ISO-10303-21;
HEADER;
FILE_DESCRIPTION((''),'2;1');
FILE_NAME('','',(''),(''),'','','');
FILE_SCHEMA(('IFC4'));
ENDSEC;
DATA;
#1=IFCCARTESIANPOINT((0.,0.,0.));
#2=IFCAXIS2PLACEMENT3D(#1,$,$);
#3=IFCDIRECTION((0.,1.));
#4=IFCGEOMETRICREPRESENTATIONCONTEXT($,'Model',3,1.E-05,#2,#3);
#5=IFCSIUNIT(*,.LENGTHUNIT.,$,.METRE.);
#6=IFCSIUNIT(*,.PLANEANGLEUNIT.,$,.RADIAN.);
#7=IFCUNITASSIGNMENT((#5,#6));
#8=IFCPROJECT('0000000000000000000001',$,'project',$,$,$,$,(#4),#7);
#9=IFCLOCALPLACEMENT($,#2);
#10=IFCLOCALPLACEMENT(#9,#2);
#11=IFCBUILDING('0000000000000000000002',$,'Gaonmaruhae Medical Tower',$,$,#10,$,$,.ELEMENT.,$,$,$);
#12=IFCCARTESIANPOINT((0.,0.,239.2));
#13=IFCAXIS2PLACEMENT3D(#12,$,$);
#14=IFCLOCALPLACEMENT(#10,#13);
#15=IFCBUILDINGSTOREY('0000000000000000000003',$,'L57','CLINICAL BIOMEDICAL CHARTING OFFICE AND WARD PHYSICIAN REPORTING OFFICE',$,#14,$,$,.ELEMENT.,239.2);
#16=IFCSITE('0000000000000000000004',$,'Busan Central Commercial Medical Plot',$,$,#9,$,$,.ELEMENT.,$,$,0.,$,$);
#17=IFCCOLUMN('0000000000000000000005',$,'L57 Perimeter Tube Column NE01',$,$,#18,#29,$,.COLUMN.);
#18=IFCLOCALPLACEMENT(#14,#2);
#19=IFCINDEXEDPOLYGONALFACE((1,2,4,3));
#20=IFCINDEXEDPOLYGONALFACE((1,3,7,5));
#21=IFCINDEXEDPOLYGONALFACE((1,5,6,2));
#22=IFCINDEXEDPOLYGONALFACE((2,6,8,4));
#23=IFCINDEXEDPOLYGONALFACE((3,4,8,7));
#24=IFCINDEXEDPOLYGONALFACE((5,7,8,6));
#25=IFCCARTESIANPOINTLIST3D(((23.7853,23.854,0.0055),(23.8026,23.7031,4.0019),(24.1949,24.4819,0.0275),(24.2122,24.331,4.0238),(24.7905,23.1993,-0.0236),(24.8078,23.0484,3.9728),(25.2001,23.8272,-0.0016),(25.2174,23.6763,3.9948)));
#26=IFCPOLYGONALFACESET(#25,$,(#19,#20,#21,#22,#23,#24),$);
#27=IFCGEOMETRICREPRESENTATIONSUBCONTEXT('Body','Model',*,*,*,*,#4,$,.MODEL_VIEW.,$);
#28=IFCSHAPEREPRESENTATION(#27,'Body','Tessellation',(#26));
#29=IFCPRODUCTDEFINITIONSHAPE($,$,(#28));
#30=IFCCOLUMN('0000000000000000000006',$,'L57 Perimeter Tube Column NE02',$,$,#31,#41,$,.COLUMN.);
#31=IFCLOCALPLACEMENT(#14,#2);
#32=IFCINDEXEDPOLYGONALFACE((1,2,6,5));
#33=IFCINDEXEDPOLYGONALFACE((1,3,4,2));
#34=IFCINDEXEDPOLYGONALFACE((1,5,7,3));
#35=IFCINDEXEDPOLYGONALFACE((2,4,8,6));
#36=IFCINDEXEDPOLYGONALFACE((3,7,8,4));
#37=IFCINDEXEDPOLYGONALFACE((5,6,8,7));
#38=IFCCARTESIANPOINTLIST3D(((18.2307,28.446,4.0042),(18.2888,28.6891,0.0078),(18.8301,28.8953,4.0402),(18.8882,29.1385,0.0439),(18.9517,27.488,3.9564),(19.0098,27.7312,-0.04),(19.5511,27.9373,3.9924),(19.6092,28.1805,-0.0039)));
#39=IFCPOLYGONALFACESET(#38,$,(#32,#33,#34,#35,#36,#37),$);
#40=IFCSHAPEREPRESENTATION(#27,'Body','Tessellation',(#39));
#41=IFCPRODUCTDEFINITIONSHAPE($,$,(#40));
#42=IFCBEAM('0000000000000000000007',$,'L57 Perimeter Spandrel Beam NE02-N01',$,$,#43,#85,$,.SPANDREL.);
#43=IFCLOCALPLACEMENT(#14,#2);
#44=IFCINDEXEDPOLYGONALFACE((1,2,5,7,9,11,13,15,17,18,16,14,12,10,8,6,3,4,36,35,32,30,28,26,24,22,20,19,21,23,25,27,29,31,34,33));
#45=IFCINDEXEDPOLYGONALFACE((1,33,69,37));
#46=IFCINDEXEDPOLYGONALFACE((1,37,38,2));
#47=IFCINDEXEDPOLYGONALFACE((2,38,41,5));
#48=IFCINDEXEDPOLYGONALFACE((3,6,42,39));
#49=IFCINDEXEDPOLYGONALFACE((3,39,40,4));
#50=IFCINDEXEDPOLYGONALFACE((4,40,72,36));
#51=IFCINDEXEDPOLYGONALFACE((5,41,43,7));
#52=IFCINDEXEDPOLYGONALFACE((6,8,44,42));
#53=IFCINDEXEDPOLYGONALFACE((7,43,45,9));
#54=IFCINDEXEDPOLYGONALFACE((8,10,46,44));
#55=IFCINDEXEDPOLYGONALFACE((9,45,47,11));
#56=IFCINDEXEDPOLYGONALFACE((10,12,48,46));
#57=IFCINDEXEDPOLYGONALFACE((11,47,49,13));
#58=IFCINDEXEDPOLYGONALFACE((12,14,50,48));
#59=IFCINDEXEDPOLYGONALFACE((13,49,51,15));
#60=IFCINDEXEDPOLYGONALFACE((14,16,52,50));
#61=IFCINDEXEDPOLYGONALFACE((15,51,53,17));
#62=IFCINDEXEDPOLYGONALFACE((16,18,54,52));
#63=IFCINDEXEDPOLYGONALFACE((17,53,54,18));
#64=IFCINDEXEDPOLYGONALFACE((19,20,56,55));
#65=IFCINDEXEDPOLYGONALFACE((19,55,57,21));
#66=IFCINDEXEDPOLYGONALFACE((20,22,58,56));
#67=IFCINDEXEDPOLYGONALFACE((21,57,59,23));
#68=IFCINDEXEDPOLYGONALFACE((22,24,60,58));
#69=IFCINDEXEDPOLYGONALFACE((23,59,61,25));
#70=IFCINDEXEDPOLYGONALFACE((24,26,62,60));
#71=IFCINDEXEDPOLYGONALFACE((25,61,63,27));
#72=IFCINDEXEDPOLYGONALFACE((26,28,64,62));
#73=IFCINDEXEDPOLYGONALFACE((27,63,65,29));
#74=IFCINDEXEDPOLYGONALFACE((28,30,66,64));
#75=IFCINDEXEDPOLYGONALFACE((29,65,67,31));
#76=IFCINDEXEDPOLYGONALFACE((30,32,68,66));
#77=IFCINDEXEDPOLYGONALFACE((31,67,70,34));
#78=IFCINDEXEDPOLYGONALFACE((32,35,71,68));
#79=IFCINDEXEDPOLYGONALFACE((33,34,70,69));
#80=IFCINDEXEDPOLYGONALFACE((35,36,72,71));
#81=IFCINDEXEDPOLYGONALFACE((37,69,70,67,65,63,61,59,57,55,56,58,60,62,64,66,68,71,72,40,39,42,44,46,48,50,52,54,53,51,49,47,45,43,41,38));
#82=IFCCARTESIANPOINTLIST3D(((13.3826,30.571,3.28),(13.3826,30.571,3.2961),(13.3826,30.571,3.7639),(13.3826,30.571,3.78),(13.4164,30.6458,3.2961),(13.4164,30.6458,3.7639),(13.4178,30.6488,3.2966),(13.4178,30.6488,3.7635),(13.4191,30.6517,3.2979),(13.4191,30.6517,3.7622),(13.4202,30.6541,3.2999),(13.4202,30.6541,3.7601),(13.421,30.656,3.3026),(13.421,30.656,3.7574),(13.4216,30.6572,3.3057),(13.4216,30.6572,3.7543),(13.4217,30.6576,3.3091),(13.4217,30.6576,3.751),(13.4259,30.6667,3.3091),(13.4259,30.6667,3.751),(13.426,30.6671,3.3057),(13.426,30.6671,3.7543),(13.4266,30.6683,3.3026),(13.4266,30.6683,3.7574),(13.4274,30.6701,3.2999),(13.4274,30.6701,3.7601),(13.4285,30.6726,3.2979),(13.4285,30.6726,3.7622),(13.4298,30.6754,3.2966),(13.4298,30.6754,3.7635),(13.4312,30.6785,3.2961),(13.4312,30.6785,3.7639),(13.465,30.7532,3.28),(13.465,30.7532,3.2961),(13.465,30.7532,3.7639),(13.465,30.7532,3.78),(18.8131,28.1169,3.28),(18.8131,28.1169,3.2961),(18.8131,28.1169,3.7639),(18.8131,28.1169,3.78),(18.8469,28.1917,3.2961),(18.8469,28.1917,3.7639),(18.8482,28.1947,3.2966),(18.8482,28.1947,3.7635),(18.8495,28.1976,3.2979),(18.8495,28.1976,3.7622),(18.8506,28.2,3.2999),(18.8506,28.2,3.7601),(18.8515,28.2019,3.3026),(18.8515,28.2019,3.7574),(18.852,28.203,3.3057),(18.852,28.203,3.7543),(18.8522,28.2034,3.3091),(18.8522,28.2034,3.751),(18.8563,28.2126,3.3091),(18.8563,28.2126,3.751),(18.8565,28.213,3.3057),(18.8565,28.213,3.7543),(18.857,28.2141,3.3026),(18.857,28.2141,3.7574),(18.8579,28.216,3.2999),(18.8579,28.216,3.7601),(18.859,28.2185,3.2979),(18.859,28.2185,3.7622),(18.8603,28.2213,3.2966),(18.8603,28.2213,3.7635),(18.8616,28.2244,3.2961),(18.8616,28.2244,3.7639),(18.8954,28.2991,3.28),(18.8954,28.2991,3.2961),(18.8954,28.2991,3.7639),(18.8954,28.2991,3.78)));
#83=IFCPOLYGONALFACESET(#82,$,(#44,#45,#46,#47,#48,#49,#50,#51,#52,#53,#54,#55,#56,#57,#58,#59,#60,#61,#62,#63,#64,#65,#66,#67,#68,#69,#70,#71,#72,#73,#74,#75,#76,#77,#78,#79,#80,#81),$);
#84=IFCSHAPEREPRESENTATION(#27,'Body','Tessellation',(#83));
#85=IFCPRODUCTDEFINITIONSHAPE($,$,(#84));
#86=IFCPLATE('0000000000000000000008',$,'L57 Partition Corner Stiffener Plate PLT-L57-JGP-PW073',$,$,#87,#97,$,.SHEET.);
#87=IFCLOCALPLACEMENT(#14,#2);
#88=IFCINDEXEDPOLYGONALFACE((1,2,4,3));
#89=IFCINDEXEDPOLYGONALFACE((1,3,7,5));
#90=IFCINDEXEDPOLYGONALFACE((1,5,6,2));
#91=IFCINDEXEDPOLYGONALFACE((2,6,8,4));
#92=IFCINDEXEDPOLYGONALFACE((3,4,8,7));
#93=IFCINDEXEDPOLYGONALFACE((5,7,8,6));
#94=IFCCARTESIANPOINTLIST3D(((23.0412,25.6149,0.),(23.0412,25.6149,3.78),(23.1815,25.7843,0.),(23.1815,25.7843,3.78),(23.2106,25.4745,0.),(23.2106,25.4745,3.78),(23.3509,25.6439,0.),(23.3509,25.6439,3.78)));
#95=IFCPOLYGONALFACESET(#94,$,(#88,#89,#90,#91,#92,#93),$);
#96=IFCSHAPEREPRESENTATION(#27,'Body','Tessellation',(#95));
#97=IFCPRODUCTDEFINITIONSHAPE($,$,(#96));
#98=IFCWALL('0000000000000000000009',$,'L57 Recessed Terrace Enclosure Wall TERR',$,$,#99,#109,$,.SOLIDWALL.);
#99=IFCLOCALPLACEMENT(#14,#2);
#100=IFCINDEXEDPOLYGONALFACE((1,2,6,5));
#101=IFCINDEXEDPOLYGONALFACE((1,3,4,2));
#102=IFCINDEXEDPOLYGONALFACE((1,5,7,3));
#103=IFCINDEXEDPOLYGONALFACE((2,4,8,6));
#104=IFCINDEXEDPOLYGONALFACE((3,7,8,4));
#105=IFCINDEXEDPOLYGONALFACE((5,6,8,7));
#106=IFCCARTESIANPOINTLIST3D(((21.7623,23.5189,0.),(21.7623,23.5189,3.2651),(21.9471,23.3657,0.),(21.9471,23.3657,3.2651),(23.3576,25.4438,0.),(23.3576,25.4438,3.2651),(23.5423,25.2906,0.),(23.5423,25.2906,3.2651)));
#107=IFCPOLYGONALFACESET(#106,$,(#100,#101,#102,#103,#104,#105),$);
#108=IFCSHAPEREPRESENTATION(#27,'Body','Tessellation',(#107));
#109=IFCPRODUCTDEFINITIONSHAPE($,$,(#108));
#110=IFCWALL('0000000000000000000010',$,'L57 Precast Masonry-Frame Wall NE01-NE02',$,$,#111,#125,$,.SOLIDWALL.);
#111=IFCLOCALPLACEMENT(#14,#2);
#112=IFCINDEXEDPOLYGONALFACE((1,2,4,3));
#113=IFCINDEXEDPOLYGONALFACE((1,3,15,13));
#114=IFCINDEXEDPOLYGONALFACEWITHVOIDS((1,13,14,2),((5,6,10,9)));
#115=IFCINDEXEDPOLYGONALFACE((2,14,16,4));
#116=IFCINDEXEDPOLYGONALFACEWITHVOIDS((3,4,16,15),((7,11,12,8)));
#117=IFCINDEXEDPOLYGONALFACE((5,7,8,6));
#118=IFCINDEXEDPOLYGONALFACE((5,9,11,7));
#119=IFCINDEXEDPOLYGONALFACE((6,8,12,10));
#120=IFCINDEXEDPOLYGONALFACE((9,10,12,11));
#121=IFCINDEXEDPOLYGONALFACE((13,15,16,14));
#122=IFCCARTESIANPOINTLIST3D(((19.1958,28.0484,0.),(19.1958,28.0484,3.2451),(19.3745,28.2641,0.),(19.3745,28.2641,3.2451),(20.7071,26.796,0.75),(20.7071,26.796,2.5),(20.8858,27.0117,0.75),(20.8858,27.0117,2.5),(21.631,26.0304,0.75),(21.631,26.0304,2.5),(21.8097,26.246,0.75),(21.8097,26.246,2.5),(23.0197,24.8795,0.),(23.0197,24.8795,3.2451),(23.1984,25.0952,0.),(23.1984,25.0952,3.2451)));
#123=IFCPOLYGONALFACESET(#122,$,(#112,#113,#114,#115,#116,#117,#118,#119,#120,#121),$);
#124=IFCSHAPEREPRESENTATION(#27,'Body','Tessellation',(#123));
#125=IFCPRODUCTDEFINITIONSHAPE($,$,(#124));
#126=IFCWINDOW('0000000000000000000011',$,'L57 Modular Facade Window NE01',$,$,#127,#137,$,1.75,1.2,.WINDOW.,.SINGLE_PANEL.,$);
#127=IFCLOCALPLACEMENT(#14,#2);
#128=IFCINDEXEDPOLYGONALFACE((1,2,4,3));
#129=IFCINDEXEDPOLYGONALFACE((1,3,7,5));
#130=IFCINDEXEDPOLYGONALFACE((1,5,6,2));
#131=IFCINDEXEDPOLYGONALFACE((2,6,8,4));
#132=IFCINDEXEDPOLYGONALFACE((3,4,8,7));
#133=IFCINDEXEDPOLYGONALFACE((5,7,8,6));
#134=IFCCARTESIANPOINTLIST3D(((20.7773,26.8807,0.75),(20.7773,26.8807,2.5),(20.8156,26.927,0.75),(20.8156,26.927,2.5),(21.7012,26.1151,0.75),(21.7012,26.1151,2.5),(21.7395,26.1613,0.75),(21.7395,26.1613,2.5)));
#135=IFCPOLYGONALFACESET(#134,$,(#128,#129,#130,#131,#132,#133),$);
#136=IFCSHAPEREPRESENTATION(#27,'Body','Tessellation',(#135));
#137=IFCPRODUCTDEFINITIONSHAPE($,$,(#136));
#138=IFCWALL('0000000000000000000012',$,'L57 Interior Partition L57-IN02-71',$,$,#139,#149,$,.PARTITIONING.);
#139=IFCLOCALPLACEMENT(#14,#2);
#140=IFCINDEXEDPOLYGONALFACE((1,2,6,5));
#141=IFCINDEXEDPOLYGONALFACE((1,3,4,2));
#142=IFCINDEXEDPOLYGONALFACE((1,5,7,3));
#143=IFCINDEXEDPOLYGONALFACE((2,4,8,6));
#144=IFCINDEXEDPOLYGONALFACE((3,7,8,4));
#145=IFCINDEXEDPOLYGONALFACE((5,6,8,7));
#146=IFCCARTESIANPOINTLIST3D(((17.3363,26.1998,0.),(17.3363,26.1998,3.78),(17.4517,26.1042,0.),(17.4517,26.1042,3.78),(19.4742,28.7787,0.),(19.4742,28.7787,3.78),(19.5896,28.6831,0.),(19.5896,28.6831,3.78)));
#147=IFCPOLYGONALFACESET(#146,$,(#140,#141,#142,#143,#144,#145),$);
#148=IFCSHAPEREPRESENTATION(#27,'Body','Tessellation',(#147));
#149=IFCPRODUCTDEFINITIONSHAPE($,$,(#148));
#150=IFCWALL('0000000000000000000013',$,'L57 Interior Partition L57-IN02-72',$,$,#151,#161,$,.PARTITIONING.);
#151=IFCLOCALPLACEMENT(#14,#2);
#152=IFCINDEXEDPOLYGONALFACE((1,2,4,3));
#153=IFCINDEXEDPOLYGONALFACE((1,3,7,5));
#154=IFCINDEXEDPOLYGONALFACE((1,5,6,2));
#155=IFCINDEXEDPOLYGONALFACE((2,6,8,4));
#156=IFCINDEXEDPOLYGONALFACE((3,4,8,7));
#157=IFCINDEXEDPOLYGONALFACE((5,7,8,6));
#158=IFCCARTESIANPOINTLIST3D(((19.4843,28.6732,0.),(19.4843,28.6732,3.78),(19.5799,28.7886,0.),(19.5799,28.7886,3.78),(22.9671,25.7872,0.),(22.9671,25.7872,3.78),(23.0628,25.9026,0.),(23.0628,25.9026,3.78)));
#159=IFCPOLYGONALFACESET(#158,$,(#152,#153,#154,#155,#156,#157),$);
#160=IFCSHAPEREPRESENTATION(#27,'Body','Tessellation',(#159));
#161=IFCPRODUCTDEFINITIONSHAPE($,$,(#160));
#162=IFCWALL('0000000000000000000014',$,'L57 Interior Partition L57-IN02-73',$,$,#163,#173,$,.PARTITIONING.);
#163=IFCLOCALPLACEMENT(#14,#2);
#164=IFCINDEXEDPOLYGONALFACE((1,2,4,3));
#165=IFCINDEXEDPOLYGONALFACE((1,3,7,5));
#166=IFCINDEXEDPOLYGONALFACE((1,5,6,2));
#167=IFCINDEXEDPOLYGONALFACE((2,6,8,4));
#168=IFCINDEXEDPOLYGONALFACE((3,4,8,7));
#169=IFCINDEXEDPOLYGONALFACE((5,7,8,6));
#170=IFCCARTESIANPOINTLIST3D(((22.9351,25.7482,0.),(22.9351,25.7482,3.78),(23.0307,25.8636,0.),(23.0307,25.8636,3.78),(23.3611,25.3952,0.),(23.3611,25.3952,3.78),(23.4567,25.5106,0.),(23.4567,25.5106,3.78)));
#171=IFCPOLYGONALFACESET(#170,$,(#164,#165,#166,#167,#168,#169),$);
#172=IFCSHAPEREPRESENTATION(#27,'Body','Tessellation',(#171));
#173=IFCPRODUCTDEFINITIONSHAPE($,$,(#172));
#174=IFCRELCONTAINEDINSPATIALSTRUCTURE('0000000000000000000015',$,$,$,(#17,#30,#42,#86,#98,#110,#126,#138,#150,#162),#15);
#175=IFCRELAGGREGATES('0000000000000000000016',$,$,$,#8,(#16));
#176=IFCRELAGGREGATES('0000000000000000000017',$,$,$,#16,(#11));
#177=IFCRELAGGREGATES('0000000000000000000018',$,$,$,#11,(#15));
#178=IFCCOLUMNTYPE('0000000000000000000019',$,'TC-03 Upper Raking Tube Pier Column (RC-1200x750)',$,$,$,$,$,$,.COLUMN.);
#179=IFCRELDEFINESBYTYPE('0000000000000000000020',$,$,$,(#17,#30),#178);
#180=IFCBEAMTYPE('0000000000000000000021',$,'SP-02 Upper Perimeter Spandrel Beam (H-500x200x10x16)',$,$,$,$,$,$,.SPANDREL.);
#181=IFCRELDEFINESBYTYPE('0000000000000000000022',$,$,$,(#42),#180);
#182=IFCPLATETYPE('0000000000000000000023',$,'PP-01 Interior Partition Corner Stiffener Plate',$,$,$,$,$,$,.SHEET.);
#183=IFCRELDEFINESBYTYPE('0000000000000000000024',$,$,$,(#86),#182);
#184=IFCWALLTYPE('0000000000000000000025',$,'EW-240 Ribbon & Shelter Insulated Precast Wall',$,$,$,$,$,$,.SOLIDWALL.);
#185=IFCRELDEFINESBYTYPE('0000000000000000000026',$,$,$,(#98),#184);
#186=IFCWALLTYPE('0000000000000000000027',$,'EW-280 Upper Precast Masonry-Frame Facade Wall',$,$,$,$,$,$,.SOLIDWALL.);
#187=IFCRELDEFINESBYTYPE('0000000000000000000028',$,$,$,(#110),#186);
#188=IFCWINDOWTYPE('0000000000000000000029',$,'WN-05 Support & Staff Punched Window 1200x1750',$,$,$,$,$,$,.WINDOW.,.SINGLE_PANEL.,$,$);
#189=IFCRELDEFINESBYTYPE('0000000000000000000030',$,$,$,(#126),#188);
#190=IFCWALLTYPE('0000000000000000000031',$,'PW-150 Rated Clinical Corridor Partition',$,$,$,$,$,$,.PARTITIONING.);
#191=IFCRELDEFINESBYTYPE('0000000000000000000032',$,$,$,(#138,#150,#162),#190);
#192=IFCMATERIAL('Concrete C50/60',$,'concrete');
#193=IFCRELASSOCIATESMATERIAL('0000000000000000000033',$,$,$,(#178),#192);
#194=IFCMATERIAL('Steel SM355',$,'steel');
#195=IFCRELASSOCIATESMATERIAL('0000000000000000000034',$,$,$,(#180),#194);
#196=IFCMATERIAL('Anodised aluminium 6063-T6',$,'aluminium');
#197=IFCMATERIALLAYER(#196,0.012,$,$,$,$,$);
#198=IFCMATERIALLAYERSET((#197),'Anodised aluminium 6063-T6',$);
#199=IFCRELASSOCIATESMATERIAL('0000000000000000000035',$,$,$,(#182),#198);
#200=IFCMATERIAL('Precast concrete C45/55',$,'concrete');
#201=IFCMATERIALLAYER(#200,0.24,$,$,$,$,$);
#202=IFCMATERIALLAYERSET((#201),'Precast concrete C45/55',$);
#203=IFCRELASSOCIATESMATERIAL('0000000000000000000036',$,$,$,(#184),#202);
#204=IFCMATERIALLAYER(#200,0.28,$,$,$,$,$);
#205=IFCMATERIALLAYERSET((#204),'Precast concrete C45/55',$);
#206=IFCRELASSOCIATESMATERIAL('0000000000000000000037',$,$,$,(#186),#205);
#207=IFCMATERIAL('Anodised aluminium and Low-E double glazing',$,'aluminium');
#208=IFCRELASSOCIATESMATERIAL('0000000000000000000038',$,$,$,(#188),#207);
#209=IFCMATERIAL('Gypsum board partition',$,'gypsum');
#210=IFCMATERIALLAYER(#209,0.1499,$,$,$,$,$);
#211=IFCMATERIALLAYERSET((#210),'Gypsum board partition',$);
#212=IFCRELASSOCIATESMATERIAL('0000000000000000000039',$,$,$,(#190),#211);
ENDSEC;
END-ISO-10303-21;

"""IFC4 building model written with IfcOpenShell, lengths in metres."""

from ifc_helpers import new_model, si_unit, direction, frame, frame_2d, origin, origin_2d, place, context, subcontext, project, spatial, rectangle, i_section, extrude, material, layer, layer_set, material_profile, profile_set, type_object, element, fill, save


model = new_model("IFC4")

# Units and contexts
model_context = context("Model", 3, precision=1e-05, world=origin(), true_north=direction((0.0, 1.0)))
body_context = subcontext(model_context, "Body", "Model", "MODEL_VIEW")
ifc_project = project(units=[si_unit("LENGTHUNIT", "METRE"), si_unit("PLANEANGLEUNIT", "RADIAN")], contexts=[model_context])

# Site, building, storey
site_placement = place(None, origin())
site = spatial("IfcSite", under=ifc_project, at=site_placement, Name="Busan Central Commercial Medical Plot", CompositionType="ELEMENT", RefElevation=0.0)
building_placement = place(site_placement, origin())
building = spatial("IfcBuilding", under=site, at=building_placement, Name="Gaonmaruhae Medical Tower", CompositionType="ELEMENT")
storey_placement = place(building_placement, frame((0.0, 0.0, 239.2)))
storey = spatial("IfcBuildingStorey", under=building, at=storey_placement, Name="L57", Description="CLINICAL BIOMEDICAL CHARTING OFFICE AND WARD PHYSICIAN REPORTING OFFICE", CompositionType="ELEMENT", Elevation=239.2)

# Columns
ifc_material_1 = material(Name="Concrete C50/60", Category="concrete")
ifc_material_profile_1 = material_profile(ifc_material_1, rectangle(XDim=1.2, YDim=0.75, at=origin_2d()), Name="RC-1200x750")
ifc_profile_set_1 = profile_set([ifc_material_profile_1], Name="Concrete C50/60")
column_type = type_object("IfcColumnType", Name="TC-03 Upper Raking Tube Pier Column (RC-1200x750)", PredefinedType="COLUMN", material=ifc_profile_set_1)
column_1_placement = place(storey_placement, frame((24.4927, 23.8406, 0.002), z_axis=(0.004334, -0.037727, 0.999279), x_axis=(-0.837702, 0.545589, 0.024232)))
element("IfcColumn", 1, at=column_1_placement, inside=storey, type_object=column_type, Name="L57 Perimeter Tube Column NE01", PredefinedType="COLUMN", context=body_context, shape_type="SweptSolid", body=[
    extrude(rectangle(XDim=1.2, YDim=0.75, at=origin_2d()), origin(), (0.0, 0.0, 1.0), 3.9993),
])
column_2_placement = place(storey_placement, frame((18.949, 28.4348, 0.002), z_axis=(-0.014511, -0.060728, 0.998049), x_axis=(-0.600861, 0.79836, 0.039841)))
element("IfcColumn", 2, at=column_2_placement, inside=storey, type_object=column_type, Name="L57 Perimeter Tube Column NE02", PredefinedType="COLUMN", context=body_context, shape_type="SweptSolid", body=[
    extrude(rectangle(XDim=1.2, YDim=0.75, at=origin_2d()), origin(), (0.0, 0.0, 1.0), 4.0042),
])

# Beam
ifc_material_2 = material(Name="Steel SM355", Category="steel")
ifc_material_profile_2 = material_profile(ifc_material_2, i_section(OverallWidth=0.2, OverallDepth=0.5, WebThickness=0.01, FlangeThickness=0.0161, FilletRadius=0.0129, at=origin_2d()), Name="H-500x200x10x16")
ifc_profile_set_2 = profile_set([ifc_material_profile_2], Name="Steel SM355")
beam_type = type_object("IfcBeamType", Name="SP-02 Upper Perimeter Spandrel Beam (H-500x200x10x16)", PredefinedType="SPANDREL", material=ifc_profile_set_2)
beam_placement = place(storey_placement, frame((18.8542, 28.208, 3.53), z_axis=(-0.911266, 0.411817, 0.0), x_axis=(-0.411817, -0.911266, 0.0)))
element("IfcBeam", 3, at=beam_placement, inside=storey, type_object=beam_type, Name="L57 Perimeter Spandrel Beam NE02-N01", PredefinedType="SPANDREL", context=body_context, shape_type="SweptSolid", body=[
    extrude(i_section(OverallWidth=0.2, OverallDepth=0.5, WebThickness=0.01, FlangeThickness=0.0161, FilletRadius=0.0129, at=origin_2d()), origin(), (0.0, 0.0, 1.0), 5.9592),
])

# Plate
ifc_material_3 = material(Name="Anodised aluminium 6063-T6", Category="aluminium")
ifc_layer_1 = layer(ifc_material_3, 0.012)
ifc_layer_set_1 = layer_set([ifc_layer_1], Name="Anodised aluminium 6063-T6")
plate_type = type_object("IfcPlateType", Name="PP-01 Interior Partition Corner Stiffener Plate", PredefinedType="SHEET", material=ifc_layer_set_1)
plate_placement = place(storey_placement, frame((23.196, 25.6294, 0.0), z_axis=(0.0, 0.0, 1.0), x_axis=(0.770001, -0.638042, 0.0)))
element("IfcPlate", 4, at=plate_placement, inside=storey, type_object=plate_type, Name="L57 Partition Corner Stiffener Plate PLT-L57-JGP-PW073", PredefinedType="SHEET", context=body_context, shape_type="SweptSolid", body=[
    extrude(rectangle(XDim=0.22, YDim=0.22, at=origin_2d()), origin(), (0.0, 0.0, 1.0), 3.78),
])

# Wall
ifc_material_4 = material(Name="Precast concrete C45/55", Category="concrete")
ifc_layer_2 = layer(ifc_material_4, 0.24)
ifc_layer_set_2 = layer_set([ifc_layer_2], Name="Precast concrete C45/55")
wall_type_1 = type_object("IfcWallType", Name="EW-240 Ribbon & Shelter Insulated Precast Wall", PredefinedType="SOLIDWALL", material=ifc_layer_set_2)
wall_1_placement = place(storey_placement, frame((23.45, 25.3672, 0.0), z_axis=(0.0, 0.0, 1.0), x_axis=(-0.638107, -0.769948, 0.0)))
element("IfcWall", 5, at=wall_1_placement, inside=storey, type_object=wall_type_1, Name="L57 Recessed Terrace Enclosure Wall TERR", PredefinedType="SOLIDWALL", context=body_context, shape_type="SweptSolid", body=[
    extrude(rectangle(XDim=2.5, YDim=0.24, at=frame_2d((1.25, 0.0))), origin(), (0.0, 0.0, 1.0), 3.2651),
])

# Wall, opening, window
ifc_layer_3 = layer(ifc_material_4, 0.28)
ifc_layer_set_3 = layer_set([ifc_layer_3], Name="Precast concrete C45/55")
wall_type_2 = type_object("IfcWallType", Name="EW-280 Upper Precast Masonry-Frame Facade Wall", PredefinedType="SOLIDWALL", material=ifc_layer_set_3)
wall_2_placement = place(storey_placement, frame((19.2852, 28.1562, 0.0), z_axis=(0.0, 0.0, 1.0), x_axis=(0.769971, -0.638079, 0.0)))
wall_2 = element("IfcWall", 6, at=wall_2_placement, inside=storey, type_object=wall_type_2, Name="L57 Precast Masonry-Frame Wall NE01-NE02", PredefinedType="SOLIDWALL", context=body_context, shape_type="SweptSolid", body=[
    extrude(rectangle(XDim=4.9663, YDim=0.28, at=frame_2d((2.4832, 0.0))), origin(), (0.0, 0.0, 1.0), 3.2451),
])
opening_1_placement = place(wall_2_placement, frame((1.9626, 0.0, 0.75)))
opening_1 = element("IfcOpeningElement", 7, at=opening_1_placement, cuts=wall_2, PredefinedType="OPENING", context=body_context, shape_type="SweptSolid", body=[
    extrude(rectangle(XDim=1.2, YDim=1.75, at=frame_2d((0.6001, 0.875))), frame((0.0, 0.1499, 0.0), z_axis=(0.0, -1.0, 0.0), x_axis=(1.0, 0.0, 0.0)), (0.0, 0.0, 1.0), 0.3),
])
ifc_material_5 = material(Name="Anodised aluminium and Low-E double glazing", Category="aluminium")
window_type = type_object("IfcWindowType", Name="WN-05 Support & Staff Punched Window 1200x1750", PartitioningType="SINGLE_PANEL", PredefinedType="WINDOW", material=ifc_material_5)
window_placement = place(opening_1_placement, origin())
window = element("IfcWindow", 8, at=window_placement, inside=storey, type_object=window_type, Name="L57 Modular Facade Window NE01", OverallHeight=1.75, OverallWidth=1.2, PartitioningType="SINGLE_PANEL", PredefinedType="WINDOW", context=body_context, shape_type="SweptSolid", body=[
    extrude(rectangle(XDim=1.2, YDim=1.75, at=frame_2d((0.6001, 0.875))), frame((0.0, 0.03, 0.0), z_axis=(0.0, -1.0, 0.0), x_axis=(1.0, 0.0, 0.0)), (0.0, 0.0, 1.0), 0.0601),
])
fill(opening_1, window)

# Walls
ifc_material_6 = material(Name="Gypsum board partition", Category="gypsum")
ifc_layer_4 = layer(ifc_material_6, 0.1499)
ifc_layer_set_4 = layer_set([ifc_layer_4], Name="Gypsum board partition")
wall_type_3 = type_object("IfcWallType", Name="PW-150 Rated Clinical Corridor Partition", PredefinedType="PARTITIONING", material=ifc_layer_set_4)
wall_3_placement = place(storey_placement, frame((17.394, 26.1521, 0.0), z_axis=(0.0, 0.0, 1.0), x_axis=(0.638225, 0.76985, 0.0)))
element("IfcWall", 9, at=wall_3_placement, inside=storey, type_object=wall_type_3, Name="L57 Interior Partition L57-IN02-71", PredefinedType="PARTITIONING", context=body_context, shape_type="SweptSolid", body=[
    extrude(rectangle(XDim=3.3499, YDim=0.1499, at=frame_2d((1.6748, 0.0))), origin(), (0.0, 0.0, 1.0), 3.78),
])
wall_4_placement = place(storey_placement, frame((19.532, 28.731, 0.0), z_axis=(0.0, 0.0, 1.0), x_axis=(0.770006, -0.638037, 0.0)))
element("IfcWall", 10, at=wall_4_placement, inside=storey, type_object=wall_type_3, Name="L57 Interior Partition L57-IN02-72", PredefinedType="PARTITIONING", context=body_context, shape_type="SweptSolid", body=[
    extrude(rectangle(XDim=4.5232, YDim=0.1499, at=frame_2d((2.2617, 0.0))), origin(), (0.0, 0.0, 1.0), 3.78),
])
wall_5_placement = place(storey_placement, frame((22.9829, 25.8059, 0.0), z_axis=(0.0, 0.0, 1.0), x_axis=(0.769991, -0.638055, 0.0)))
element("IfcWall", 11, at=wall_5_placement, inside=storey, type_object=wall_type_3, Name="L57 Interior Partition L57-IN02-73", PredefinedType="PARTITIONING", context=body_context, shape_type="SweptSolid", body=[
    extrude(rectangle(XDim=0.5532, YDim=0.1499, at=frame_2d((0.2766, 0.0))), origin(), (0.0, 0.0, 1.0), 3.78),
])

save(model, "model.ifc")
